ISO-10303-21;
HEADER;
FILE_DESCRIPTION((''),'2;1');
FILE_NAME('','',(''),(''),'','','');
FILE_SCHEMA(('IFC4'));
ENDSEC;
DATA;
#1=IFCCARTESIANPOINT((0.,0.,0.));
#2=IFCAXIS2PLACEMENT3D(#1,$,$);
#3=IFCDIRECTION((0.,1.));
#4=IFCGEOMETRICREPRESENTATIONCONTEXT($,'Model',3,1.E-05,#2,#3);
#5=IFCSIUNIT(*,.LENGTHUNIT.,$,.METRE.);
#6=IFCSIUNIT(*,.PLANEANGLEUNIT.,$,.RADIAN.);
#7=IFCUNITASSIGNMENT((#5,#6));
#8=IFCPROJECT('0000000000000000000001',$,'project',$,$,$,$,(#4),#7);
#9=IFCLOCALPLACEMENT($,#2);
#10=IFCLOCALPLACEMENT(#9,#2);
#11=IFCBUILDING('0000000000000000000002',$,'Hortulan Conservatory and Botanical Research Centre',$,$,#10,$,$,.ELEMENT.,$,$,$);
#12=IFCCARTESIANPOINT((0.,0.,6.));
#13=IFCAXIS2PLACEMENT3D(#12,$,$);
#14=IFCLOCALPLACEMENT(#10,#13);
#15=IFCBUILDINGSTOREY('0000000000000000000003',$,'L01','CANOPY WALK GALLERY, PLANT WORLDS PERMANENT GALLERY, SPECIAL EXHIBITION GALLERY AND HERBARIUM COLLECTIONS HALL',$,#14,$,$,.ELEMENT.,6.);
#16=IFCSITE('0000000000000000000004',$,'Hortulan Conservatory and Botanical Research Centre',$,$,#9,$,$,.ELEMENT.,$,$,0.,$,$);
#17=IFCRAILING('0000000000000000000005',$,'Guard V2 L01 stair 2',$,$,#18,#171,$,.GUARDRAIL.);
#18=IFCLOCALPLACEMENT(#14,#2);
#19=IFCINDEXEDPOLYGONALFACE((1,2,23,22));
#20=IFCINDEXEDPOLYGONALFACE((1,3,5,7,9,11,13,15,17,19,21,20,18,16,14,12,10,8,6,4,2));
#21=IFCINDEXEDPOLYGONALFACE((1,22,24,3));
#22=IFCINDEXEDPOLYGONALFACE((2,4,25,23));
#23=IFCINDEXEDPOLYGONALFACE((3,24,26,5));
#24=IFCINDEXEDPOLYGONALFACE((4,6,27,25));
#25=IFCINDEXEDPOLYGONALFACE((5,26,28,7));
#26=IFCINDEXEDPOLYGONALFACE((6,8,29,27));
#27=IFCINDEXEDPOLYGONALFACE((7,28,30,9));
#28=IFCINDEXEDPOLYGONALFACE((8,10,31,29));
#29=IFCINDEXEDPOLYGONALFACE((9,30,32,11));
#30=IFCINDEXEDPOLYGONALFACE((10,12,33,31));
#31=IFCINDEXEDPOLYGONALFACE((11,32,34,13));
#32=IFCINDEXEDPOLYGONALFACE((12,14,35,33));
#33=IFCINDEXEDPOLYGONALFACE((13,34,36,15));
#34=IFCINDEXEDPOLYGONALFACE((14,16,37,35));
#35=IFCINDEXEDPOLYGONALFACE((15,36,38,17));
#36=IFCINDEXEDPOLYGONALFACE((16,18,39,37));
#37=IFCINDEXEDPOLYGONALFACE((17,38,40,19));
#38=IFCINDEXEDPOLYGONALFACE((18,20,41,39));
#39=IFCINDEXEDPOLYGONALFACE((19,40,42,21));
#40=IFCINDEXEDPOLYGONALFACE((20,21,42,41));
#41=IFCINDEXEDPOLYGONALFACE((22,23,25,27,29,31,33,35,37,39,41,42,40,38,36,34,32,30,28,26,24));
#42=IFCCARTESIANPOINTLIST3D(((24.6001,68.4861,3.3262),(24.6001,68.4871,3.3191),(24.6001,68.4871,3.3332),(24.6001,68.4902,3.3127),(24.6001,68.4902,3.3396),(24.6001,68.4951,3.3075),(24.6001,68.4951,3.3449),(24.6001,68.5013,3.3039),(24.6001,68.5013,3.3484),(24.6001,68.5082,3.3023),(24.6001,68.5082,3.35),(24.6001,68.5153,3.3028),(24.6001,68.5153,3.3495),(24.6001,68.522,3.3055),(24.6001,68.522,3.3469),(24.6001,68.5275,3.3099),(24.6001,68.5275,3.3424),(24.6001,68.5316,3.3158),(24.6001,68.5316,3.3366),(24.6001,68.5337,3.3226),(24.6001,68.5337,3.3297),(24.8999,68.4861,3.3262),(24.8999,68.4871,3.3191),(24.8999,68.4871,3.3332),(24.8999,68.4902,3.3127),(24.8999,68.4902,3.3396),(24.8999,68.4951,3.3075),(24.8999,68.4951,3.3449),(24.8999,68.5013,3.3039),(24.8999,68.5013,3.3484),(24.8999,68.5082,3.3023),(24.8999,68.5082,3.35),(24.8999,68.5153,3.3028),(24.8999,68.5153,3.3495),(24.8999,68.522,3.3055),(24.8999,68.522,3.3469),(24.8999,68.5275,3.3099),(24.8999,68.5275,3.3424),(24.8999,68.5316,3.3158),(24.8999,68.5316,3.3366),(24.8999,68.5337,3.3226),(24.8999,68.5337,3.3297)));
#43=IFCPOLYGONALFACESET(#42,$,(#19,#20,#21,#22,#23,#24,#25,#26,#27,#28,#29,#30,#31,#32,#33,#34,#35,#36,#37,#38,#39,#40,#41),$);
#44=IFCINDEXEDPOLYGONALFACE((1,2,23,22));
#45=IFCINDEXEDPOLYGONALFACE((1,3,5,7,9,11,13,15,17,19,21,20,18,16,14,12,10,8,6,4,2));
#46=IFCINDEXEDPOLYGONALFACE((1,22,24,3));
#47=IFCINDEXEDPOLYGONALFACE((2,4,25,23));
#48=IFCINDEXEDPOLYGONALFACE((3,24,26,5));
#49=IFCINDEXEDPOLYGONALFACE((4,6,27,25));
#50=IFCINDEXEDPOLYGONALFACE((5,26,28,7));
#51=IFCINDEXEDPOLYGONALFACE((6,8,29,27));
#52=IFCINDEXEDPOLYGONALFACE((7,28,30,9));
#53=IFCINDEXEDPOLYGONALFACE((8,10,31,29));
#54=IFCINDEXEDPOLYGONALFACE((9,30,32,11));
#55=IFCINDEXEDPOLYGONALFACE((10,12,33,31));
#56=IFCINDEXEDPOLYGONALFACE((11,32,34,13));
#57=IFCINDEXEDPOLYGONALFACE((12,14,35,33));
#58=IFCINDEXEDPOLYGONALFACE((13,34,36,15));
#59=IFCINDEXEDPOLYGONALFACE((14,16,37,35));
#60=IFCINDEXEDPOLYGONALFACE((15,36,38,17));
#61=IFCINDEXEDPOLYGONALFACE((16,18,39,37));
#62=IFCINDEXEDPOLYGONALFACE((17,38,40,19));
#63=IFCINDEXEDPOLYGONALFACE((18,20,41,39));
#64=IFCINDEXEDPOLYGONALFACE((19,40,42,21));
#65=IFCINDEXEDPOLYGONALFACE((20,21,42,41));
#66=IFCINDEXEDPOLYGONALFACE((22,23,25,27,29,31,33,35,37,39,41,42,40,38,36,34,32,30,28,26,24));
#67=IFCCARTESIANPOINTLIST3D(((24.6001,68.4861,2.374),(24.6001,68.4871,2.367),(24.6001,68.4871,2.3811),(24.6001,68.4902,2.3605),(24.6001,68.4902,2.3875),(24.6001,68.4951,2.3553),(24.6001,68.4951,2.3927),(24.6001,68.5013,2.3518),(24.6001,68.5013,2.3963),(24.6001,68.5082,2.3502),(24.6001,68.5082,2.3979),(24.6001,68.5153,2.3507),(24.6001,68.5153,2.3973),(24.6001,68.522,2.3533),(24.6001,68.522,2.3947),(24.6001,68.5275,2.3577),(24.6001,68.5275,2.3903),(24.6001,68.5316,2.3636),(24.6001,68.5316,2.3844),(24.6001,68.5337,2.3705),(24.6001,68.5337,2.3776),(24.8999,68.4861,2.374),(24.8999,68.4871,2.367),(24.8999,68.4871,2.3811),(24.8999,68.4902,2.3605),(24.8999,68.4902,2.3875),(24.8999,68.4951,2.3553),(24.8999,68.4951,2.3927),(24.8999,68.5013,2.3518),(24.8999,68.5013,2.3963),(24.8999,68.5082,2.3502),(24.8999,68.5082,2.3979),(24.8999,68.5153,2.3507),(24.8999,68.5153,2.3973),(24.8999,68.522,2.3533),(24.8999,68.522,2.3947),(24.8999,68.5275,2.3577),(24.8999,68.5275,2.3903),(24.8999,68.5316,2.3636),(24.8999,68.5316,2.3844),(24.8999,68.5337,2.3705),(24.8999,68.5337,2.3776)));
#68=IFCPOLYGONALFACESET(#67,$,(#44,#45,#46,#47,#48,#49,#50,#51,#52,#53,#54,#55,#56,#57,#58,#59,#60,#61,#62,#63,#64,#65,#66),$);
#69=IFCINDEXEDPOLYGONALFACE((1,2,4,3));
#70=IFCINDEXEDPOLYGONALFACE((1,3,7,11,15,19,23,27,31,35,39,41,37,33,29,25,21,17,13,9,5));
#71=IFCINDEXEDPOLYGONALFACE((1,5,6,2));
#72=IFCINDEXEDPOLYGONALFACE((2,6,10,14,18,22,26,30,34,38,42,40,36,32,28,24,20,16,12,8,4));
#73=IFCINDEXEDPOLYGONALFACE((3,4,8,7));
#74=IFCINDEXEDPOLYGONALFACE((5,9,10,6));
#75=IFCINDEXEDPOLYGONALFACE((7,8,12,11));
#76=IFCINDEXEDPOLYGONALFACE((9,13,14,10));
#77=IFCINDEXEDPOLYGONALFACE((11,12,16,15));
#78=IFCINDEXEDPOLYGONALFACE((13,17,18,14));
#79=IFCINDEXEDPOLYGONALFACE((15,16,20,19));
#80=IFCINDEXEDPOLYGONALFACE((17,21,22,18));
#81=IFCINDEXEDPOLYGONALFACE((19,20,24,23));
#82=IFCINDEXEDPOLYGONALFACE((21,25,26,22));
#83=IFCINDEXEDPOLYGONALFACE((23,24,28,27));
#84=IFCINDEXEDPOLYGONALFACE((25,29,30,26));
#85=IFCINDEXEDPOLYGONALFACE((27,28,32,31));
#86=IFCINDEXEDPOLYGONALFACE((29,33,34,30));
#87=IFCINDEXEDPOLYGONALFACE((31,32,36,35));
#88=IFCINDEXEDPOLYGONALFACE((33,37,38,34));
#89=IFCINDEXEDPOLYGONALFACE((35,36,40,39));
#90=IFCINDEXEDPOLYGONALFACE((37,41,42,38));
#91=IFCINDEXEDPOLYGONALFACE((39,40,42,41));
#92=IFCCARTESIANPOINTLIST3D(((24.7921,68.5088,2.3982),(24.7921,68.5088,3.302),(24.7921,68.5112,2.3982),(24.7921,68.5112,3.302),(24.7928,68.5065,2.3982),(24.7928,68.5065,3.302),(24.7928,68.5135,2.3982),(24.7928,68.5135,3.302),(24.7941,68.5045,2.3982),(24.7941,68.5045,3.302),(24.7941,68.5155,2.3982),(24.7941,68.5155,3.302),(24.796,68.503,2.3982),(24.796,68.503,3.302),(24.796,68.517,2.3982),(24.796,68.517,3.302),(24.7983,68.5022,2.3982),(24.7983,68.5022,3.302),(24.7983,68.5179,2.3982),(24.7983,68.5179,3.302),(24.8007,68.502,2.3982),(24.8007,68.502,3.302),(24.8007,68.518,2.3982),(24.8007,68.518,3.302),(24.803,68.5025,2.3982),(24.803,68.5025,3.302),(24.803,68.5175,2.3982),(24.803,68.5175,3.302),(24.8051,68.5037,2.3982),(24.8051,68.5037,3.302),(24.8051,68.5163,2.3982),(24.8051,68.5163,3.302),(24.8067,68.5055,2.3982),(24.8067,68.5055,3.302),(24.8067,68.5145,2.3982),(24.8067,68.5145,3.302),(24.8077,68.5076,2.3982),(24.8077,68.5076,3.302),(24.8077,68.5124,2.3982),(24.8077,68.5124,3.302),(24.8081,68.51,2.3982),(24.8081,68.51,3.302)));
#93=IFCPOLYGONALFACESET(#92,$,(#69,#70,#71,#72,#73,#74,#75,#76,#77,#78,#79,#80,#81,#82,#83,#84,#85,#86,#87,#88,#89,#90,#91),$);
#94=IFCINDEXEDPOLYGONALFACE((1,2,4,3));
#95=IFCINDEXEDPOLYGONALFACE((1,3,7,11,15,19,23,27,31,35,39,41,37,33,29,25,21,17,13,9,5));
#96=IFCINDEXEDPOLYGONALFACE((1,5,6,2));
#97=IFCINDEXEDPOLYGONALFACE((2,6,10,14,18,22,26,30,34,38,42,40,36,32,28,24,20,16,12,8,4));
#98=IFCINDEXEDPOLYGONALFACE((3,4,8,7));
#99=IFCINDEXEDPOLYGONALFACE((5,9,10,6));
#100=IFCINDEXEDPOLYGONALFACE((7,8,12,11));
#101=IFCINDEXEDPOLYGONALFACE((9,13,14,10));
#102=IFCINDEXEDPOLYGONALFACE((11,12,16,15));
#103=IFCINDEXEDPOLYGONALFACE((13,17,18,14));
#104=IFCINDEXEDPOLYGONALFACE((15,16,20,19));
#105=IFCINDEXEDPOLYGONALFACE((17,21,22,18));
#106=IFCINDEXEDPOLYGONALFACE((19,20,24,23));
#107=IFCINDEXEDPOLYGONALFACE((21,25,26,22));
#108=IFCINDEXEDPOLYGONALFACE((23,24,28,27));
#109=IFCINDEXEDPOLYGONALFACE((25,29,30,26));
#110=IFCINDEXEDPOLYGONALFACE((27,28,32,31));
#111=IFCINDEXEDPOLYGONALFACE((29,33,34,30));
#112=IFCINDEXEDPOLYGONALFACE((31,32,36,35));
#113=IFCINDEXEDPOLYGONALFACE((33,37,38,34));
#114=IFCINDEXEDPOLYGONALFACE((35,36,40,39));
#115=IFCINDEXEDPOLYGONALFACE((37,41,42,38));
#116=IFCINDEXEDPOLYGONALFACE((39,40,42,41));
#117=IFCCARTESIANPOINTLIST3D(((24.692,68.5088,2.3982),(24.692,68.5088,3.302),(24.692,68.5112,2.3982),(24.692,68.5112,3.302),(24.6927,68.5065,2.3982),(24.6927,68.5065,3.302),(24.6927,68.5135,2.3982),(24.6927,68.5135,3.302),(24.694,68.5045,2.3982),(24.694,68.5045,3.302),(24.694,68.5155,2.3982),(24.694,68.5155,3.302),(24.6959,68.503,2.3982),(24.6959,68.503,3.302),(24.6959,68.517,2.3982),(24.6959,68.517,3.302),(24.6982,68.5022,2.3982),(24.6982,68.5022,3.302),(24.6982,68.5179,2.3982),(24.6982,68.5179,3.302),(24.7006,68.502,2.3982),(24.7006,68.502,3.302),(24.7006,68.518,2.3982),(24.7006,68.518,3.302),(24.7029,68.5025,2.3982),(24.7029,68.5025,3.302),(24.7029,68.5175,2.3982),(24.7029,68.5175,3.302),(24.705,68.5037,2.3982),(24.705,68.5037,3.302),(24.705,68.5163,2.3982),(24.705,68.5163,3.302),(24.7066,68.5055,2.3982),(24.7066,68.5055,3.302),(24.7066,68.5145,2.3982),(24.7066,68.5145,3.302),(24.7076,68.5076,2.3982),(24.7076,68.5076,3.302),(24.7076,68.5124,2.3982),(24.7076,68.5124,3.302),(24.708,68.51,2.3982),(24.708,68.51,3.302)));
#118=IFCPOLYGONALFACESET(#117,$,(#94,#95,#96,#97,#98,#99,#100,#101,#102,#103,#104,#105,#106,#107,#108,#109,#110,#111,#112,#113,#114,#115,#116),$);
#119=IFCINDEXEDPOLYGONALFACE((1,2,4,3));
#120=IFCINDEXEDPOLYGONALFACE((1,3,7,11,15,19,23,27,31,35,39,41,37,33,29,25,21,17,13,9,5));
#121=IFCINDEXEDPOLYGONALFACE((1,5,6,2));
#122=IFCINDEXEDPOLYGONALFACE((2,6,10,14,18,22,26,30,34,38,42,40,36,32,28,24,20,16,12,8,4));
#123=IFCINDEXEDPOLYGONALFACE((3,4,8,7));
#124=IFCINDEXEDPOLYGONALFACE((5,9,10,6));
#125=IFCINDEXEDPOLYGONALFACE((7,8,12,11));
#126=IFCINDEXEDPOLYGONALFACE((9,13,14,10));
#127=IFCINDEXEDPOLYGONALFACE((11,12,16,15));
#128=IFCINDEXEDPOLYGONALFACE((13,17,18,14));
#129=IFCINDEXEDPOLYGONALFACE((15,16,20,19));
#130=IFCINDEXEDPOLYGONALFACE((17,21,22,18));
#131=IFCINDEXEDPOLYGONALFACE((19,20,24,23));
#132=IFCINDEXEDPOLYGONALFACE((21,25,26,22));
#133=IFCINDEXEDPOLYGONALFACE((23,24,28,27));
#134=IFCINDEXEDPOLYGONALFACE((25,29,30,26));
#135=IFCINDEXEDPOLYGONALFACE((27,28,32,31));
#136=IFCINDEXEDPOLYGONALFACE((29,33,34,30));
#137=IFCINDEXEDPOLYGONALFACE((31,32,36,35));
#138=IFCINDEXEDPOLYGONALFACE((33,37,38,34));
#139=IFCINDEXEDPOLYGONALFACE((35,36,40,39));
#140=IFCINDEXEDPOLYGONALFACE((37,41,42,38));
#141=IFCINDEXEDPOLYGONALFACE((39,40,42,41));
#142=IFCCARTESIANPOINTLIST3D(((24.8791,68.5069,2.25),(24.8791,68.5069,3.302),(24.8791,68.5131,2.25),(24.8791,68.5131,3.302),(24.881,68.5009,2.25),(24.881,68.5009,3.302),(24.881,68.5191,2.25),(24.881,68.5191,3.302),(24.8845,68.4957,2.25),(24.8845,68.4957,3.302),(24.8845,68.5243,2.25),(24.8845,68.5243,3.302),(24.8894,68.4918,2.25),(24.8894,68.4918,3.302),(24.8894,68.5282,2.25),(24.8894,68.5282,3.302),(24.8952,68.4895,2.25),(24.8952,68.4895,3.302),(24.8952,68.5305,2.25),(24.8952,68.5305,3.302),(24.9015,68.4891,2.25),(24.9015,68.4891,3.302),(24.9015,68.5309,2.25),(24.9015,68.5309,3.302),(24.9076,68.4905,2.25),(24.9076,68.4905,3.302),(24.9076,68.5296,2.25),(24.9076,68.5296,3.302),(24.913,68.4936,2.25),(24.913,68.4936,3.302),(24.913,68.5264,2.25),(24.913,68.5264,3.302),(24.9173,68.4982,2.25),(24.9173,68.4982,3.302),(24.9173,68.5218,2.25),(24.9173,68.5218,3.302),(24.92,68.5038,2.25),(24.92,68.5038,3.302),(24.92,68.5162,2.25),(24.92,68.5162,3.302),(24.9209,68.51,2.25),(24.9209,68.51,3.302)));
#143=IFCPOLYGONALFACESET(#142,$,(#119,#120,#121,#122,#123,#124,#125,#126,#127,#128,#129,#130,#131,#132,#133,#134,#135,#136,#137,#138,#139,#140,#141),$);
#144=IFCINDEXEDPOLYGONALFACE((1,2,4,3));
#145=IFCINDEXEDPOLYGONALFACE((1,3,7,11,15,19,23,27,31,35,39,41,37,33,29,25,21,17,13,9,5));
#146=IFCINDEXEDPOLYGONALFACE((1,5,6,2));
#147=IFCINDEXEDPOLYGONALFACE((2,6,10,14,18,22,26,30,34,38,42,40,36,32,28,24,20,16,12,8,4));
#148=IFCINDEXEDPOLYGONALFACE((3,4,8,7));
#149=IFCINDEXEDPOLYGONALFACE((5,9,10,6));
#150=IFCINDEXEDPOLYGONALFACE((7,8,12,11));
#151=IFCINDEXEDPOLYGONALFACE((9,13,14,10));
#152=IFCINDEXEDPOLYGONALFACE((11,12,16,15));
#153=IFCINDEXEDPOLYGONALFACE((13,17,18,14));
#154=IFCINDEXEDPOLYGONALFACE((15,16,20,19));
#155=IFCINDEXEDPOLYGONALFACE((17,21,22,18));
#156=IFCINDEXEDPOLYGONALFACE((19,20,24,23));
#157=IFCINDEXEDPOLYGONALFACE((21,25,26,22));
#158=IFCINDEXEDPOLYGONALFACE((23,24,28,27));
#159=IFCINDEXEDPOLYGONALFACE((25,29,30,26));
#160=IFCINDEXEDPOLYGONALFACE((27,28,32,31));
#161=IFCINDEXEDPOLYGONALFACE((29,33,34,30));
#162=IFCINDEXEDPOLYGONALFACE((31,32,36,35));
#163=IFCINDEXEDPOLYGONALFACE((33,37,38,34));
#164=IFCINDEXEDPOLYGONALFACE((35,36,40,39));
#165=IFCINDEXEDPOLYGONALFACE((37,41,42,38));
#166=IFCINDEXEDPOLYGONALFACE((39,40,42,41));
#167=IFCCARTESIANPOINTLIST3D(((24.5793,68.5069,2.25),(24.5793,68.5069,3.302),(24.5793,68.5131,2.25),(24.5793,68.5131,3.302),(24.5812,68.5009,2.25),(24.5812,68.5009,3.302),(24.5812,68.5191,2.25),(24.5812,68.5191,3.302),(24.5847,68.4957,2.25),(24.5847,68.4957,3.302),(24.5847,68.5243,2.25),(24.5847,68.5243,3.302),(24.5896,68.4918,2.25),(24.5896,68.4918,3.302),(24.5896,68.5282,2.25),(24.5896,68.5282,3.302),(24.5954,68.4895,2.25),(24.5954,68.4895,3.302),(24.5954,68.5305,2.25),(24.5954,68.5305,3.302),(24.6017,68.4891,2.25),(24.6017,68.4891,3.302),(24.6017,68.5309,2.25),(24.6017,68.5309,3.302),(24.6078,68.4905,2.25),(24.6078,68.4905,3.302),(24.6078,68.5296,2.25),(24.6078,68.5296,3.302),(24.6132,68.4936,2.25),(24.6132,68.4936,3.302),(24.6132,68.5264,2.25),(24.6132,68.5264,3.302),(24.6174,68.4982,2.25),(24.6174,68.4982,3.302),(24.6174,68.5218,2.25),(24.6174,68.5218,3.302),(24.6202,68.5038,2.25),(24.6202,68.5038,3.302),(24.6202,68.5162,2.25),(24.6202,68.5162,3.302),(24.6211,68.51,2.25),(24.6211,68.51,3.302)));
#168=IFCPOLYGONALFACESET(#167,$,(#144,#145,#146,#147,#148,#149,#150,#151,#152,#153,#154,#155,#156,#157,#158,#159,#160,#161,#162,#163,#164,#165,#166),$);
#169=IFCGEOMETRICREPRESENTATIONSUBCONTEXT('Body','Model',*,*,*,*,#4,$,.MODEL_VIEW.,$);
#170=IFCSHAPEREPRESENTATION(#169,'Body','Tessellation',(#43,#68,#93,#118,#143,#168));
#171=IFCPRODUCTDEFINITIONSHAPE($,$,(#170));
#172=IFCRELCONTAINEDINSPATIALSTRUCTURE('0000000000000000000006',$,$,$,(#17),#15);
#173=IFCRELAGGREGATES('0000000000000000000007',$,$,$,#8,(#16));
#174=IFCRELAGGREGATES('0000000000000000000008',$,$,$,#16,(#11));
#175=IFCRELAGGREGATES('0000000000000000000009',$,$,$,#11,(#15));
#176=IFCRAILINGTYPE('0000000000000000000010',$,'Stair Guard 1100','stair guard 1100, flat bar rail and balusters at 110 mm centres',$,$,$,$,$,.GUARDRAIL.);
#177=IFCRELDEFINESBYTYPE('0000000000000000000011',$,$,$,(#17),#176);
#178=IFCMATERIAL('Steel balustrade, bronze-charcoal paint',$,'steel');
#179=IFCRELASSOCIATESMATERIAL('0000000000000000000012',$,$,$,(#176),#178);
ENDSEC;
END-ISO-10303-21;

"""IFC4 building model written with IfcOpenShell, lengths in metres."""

from ifc_helpers import new_model, si_unit, direction, frame, origin, origin_2d, place, context, subcontext, project, spatial, circle, extrude, material, type_object, element, save


model = new_model("IFC4")

# Units and contexts
model_context = context("Model", 3, precision=1e-05, world=origin(), true_north=direction((0.0, 1.0)))
body_context = subcontext(model_context, "Body", "Model", "MODEL_VIEW")
ifc_project = project(units=[si_unit("LENGTHUNIT", "METRE"), si_unit("PLANEANGLEUNIT", "RADIAN")], contexts=[model_context])

# Site, building, storey
site_placement = place(None, origin())
site = spatial("IfcSite", under=ifc_project, at=site_placement, Name="Hortulan Conservatory and Botanical Research Centre", CompositionType="ELEMENT", RefElevation=0.0)
building_placement = place(site_placement, origin())
building = spatial("IfcBuilding", under=site, at=building_placement, Name="Hortulan Conservatory and Botanical Research Centre", CompositionType="ELEMENT")
storey_placement = place(building_placement, frame((0.0, 0.0, 6.0)))
storey = spatial("IfcBuildingStorey", under=building, at=storey_placement, Name="L01", Description="CANOPY WALK GALLERY, PLANT WORLDS PERMANENT GALLERY, SPECIAL EXHIBITION GALLERY AND HERBARIUM COLLECTIONS HALL", CompositionType="ELEMENT", Elevation=6.0)

# Railing
ifc_material_1 = material(Name="Steel balustrade, bronze-charcoal paint", Category="steel")
railing_type_1 = type_object("IfcRailingType", Name="Stair Guard 1100", Description="stair guard 1100, flat bar rail and balusters at 110 mm centres", PredefinedType="GUARDRAIL", material=ifc_material_1)
railing_1_placement = place(storey_placement, frame((24.8999, 68.51, 2.25)))
element("IfcRailing", 1, at=railing_1_placement, inside=storey, type_object=railing_type_1, Name="Guard V2 L01 stair 2", PredefinedType="GUARDRAIL", context=body_context, shape_type="SweptSolid", body=[
    extrude(circle(Radius=0.0239, at=origin_2d()), frame((0.0, 0.0, 1.0762), z_axis=(-1.0, 0.0, 0.0), x_axis=(0.0, -1.0, 0.0)), (0.0, 0.0, 1.0), 0.2998),
    extrude(circle(Radius=0.0239, at=origin_2d()), frame((0.0, 0.0, 0.124), z_axis=(-1.0, 0.0, 0.0), x_axis=(0.0, -1.0, 0.0)), (0.0, 0.0, 1.0), 0.2998),
    extrude(circle(Radius=0.0081, at=origin_2d()), frame((-0.0999, 0.0, 0.1482)), (0.0, 0.0, 1.0), 0.9038),
    extrude(circle(Radius=0.0081, at=origin_2d()), frame((-0.2, 0.0, 0.1482)), (0.0, 0.0, 1.0), 0.9038),
    extrude(circle(Radius=0.021, at=origin_2d()), origin(), (0.0, 0.0, 1.0), 1.052),
    extrude(circle(Radius=0.021, at=origin_2d()), frame((-0.2998, 0.0, 0.0)), (0.0, 0.0, 1.0), 1.052),
])

save(model, "model.ifc")
